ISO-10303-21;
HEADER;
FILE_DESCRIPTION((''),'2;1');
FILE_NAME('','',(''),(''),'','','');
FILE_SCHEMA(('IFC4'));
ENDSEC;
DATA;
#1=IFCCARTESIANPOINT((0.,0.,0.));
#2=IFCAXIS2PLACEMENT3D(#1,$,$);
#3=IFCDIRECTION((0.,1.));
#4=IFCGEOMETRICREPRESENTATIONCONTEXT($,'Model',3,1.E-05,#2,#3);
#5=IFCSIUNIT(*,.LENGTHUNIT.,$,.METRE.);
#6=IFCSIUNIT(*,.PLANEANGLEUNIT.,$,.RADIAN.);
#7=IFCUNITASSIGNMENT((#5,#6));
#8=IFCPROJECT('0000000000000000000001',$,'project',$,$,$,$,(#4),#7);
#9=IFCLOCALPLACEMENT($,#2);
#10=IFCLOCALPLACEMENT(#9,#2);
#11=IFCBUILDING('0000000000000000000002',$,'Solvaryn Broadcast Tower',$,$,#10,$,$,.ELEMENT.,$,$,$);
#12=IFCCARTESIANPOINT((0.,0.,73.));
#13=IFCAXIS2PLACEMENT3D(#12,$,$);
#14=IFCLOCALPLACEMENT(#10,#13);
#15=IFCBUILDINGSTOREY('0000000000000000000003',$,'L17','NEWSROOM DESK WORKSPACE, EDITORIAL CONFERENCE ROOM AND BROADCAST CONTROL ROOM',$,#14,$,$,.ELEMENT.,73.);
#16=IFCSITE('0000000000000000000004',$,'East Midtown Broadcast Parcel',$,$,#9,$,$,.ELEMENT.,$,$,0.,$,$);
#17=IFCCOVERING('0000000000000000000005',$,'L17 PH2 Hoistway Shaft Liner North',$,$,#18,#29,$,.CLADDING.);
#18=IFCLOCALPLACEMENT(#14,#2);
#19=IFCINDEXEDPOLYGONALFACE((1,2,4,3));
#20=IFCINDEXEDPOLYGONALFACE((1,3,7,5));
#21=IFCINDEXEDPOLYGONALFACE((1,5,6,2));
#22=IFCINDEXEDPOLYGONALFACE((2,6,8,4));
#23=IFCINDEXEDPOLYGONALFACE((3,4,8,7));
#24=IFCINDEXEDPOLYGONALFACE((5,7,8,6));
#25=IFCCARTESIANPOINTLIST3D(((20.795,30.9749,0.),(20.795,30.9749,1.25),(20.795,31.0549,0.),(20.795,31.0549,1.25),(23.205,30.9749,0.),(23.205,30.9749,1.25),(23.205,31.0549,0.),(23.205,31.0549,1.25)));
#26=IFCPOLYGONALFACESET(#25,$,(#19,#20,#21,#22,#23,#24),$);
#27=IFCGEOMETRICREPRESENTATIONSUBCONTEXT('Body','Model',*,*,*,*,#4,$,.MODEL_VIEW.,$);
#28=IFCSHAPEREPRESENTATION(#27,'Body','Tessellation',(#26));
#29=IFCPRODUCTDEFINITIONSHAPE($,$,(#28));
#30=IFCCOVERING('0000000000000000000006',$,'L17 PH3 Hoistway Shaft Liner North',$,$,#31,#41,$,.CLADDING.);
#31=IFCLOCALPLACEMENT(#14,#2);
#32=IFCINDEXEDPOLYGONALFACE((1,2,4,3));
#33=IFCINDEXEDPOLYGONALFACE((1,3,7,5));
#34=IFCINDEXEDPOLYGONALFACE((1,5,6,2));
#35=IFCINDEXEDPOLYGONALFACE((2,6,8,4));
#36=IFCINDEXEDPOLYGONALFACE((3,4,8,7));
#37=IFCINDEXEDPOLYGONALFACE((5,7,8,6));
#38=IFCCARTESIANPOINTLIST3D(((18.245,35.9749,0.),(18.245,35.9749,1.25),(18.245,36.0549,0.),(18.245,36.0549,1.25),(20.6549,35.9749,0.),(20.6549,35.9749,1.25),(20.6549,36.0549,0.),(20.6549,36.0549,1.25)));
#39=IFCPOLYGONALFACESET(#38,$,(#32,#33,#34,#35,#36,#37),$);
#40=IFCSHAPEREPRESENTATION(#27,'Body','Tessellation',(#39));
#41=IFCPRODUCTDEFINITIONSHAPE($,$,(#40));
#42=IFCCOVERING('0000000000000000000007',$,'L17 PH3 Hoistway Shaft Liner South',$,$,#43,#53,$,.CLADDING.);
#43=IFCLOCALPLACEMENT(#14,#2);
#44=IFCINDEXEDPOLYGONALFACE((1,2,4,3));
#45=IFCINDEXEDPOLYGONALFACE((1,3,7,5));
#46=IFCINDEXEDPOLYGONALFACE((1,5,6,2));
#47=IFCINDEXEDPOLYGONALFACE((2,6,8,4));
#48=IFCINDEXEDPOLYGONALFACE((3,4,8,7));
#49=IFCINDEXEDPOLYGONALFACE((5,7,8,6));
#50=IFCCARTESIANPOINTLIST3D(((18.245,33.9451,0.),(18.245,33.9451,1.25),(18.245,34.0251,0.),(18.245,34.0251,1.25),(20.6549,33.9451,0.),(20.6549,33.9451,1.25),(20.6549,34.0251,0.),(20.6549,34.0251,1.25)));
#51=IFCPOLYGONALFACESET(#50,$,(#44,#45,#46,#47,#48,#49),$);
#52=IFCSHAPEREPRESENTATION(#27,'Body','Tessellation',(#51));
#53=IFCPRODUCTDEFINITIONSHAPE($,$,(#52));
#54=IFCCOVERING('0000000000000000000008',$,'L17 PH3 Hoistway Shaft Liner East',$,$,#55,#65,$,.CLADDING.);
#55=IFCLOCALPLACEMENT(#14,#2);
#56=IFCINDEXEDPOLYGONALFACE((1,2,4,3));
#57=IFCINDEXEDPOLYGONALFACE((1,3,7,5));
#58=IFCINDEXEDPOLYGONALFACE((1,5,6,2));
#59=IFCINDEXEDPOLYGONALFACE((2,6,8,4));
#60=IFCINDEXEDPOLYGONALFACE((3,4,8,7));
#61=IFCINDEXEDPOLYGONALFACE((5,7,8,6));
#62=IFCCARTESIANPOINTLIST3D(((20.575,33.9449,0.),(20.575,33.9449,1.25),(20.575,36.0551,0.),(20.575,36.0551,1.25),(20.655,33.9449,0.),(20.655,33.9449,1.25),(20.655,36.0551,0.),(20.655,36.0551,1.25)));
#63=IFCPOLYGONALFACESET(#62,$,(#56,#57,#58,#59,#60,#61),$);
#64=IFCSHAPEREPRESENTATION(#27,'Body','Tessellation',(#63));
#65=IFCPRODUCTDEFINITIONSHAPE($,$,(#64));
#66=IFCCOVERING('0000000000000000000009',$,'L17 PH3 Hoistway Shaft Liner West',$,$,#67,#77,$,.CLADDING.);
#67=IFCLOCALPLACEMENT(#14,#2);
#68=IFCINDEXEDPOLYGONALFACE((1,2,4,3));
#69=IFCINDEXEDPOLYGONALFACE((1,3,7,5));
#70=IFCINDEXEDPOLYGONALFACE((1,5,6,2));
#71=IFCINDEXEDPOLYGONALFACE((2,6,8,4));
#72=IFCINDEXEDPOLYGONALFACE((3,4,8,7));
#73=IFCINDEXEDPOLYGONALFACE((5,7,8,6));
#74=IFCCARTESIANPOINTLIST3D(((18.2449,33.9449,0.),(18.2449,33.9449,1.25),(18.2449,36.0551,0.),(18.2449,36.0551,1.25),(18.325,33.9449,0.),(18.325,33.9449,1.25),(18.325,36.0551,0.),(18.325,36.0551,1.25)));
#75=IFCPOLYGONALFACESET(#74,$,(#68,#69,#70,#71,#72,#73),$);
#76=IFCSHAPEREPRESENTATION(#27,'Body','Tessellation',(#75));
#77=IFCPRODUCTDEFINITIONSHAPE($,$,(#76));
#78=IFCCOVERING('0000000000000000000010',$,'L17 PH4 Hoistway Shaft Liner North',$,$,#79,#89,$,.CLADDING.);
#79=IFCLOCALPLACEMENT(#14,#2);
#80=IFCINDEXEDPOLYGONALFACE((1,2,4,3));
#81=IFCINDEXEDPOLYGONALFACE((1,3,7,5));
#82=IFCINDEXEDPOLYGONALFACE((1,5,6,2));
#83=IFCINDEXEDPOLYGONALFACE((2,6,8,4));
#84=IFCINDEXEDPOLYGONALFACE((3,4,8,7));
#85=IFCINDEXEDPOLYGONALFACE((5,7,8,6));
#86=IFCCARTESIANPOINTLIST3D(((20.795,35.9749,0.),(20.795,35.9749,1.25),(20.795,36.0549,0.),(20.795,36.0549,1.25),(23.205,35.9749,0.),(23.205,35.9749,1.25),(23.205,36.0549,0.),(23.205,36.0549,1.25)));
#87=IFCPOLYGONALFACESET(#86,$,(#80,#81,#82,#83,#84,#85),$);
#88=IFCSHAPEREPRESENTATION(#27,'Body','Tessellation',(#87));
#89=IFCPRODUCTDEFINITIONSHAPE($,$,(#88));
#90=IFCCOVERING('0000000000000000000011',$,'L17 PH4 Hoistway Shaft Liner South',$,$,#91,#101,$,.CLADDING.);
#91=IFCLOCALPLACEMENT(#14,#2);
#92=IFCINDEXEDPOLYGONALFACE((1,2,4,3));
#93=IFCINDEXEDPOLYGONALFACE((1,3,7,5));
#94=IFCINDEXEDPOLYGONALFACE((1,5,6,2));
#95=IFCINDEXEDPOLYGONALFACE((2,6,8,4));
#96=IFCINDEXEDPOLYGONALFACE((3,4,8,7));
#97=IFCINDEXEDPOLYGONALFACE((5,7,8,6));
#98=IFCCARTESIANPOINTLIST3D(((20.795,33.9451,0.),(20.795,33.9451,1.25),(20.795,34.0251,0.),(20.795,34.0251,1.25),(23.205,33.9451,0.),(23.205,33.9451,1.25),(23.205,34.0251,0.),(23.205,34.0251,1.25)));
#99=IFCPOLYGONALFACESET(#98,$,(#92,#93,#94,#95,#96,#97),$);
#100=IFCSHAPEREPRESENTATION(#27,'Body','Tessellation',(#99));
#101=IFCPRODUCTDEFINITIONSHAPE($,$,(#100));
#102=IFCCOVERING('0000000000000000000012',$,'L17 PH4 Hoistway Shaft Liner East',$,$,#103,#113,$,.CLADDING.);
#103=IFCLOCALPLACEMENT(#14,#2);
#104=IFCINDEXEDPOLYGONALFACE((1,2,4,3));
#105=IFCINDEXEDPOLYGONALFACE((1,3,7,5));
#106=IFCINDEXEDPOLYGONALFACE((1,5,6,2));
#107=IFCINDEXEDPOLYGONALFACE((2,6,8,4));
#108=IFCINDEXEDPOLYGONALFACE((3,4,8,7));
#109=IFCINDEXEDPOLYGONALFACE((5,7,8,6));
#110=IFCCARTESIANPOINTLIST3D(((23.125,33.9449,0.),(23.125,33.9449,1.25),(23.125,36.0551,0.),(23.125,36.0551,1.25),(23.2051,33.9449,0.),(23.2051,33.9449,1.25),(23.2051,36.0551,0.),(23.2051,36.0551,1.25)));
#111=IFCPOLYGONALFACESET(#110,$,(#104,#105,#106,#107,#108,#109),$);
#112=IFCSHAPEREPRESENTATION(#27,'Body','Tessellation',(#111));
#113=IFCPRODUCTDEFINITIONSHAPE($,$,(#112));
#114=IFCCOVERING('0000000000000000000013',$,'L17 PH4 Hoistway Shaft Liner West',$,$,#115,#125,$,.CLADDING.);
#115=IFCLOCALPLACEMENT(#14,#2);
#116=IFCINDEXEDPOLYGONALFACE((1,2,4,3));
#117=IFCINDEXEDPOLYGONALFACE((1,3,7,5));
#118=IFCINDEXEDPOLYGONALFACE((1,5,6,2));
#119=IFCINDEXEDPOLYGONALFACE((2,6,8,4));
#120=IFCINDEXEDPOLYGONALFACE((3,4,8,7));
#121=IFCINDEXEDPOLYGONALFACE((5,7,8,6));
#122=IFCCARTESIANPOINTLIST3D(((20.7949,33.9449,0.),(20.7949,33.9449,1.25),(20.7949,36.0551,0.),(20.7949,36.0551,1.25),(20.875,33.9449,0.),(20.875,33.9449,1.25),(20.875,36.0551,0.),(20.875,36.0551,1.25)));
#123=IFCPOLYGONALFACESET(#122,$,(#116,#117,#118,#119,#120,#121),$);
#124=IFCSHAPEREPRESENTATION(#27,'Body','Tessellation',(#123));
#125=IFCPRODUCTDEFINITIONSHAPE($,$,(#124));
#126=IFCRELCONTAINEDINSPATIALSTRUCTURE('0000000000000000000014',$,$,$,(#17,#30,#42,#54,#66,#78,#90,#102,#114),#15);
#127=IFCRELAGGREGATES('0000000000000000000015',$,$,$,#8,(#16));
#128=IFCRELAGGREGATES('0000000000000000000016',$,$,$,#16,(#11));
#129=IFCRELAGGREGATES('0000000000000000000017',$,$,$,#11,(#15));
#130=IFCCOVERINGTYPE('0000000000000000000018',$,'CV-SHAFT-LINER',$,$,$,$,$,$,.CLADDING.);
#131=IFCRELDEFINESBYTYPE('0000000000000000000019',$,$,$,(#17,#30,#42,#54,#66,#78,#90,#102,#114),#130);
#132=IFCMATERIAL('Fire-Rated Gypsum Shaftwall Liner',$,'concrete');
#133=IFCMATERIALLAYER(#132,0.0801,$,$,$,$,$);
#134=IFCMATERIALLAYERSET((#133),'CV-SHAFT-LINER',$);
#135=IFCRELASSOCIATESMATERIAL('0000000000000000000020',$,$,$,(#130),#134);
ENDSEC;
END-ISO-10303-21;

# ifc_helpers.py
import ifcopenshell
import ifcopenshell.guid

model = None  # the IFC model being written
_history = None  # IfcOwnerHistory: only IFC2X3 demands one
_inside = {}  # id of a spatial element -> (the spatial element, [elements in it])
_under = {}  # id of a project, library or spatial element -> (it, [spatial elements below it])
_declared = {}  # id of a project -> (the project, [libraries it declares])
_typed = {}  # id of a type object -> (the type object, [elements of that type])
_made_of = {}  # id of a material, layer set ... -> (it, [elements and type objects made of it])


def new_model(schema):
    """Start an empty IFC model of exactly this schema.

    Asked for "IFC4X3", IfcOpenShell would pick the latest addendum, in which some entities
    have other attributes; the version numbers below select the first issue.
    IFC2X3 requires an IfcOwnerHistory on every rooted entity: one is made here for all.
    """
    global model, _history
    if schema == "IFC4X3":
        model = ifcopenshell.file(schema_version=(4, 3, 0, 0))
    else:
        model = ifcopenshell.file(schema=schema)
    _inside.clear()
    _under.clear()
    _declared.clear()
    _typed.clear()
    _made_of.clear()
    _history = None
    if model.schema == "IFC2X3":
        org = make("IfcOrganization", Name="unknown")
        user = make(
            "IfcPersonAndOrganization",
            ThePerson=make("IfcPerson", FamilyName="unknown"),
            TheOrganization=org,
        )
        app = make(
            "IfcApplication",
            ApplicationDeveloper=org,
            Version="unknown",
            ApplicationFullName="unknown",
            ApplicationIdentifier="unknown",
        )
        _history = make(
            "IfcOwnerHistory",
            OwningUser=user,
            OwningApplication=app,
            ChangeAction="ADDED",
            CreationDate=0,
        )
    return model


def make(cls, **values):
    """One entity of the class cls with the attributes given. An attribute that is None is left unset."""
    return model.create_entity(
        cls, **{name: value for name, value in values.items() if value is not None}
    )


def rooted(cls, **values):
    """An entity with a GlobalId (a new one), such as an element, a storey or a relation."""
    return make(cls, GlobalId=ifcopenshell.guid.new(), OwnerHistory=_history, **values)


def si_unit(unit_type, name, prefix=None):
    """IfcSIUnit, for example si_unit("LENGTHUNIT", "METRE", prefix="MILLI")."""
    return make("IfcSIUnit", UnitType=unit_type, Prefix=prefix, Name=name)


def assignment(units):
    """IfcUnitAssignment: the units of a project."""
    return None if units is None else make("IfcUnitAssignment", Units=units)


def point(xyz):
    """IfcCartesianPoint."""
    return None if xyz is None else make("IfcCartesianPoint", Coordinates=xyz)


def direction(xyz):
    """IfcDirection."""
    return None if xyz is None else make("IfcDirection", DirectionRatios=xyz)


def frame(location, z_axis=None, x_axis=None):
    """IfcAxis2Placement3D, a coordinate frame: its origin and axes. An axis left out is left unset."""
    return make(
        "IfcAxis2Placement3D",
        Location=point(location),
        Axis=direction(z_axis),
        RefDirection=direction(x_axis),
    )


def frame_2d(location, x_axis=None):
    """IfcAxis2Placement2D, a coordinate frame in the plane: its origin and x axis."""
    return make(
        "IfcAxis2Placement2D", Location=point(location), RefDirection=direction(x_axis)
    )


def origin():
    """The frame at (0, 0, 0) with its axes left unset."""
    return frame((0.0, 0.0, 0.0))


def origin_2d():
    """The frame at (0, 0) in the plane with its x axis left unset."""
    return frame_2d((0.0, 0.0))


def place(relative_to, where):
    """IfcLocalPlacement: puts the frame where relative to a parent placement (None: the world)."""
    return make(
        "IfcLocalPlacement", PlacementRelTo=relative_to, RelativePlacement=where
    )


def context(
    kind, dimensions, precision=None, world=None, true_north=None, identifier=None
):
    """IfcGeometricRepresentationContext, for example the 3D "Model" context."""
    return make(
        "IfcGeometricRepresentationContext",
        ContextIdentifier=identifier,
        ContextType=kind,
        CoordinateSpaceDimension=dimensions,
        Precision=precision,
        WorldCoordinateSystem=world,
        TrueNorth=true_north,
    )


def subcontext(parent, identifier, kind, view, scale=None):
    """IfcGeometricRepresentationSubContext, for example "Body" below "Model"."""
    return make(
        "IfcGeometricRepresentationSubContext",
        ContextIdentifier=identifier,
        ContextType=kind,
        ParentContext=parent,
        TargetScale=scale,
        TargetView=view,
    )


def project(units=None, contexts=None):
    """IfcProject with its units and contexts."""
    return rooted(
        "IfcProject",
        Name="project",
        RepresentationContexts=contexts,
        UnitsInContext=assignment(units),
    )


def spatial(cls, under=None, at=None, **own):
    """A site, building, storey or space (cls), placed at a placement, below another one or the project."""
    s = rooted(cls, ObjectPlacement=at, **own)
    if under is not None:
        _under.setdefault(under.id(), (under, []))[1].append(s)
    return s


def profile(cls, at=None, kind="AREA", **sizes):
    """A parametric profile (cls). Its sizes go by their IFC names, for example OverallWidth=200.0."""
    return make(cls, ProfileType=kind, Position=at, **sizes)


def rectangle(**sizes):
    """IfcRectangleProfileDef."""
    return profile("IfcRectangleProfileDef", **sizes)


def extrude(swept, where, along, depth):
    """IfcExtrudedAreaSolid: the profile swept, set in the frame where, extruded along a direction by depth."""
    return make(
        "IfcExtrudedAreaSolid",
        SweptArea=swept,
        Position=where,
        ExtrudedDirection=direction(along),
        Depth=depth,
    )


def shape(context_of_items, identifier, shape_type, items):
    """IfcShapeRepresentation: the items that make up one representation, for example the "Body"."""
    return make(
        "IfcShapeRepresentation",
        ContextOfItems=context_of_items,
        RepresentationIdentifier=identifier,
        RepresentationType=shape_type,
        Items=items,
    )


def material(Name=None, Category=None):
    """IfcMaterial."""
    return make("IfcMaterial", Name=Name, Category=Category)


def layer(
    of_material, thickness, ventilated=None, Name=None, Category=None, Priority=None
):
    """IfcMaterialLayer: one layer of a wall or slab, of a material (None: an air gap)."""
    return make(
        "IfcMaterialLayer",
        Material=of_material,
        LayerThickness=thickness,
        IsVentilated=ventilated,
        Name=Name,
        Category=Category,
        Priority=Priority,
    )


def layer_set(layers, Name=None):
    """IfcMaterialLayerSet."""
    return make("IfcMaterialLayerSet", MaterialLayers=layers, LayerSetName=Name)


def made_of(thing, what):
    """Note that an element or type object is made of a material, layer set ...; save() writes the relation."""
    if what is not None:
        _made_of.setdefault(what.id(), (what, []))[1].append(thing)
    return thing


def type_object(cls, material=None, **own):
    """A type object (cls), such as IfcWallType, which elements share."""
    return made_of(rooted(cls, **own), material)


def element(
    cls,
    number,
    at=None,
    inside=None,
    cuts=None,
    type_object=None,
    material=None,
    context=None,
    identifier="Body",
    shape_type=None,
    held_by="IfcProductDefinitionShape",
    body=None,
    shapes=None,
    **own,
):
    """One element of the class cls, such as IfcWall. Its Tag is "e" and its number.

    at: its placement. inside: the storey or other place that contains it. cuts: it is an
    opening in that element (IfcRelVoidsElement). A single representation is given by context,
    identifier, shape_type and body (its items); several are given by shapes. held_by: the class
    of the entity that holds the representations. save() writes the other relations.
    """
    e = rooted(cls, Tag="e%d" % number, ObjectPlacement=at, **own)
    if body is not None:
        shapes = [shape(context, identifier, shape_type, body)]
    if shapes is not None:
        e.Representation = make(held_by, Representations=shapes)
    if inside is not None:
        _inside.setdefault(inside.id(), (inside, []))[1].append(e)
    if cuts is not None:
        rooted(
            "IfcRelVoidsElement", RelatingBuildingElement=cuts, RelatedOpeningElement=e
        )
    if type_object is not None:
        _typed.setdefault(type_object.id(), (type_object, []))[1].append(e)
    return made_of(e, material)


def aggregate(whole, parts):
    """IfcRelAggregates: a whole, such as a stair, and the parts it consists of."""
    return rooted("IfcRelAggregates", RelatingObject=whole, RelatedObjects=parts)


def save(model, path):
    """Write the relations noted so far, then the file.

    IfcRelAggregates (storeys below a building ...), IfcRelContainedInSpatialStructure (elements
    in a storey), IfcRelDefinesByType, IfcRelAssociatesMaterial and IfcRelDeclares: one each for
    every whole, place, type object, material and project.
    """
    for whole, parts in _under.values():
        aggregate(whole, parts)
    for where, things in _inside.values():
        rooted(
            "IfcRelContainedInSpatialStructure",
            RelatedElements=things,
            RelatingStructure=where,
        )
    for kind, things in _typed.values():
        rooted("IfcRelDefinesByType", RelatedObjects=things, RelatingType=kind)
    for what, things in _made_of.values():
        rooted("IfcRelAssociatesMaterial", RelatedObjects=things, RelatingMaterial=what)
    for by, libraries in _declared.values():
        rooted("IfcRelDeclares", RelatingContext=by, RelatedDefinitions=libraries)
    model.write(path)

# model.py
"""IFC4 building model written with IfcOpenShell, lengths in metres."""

from ifc_helpers import new_model, si_unit, direction, frame, origin, origin_2d, place, context, subcontext, project, spatial, rectangle, extrude, material, layer, layer_set, type_object, element, save


model = new_model("IFC4")

# Units and contexts
model_context = context("Model", 3, precision=1e-05, world=origin(), true_north=direction((0.0, 1.0)))
body_context = subcontext(model_context, "Body", "Model", "MODEL_VIEW")
ifc_project = project(units=[si_unit("LENGTHUNIT", "METRE"), si_unit("PLANEANGLEUNIT", "RADIAN")], contexts=[model_context])

# Site, building, storey
site_placement = place(None, origin())
site = spatial("IfcSite", under=ifc_project, at=site_placement, Name="East Midtown Broadcast Parcel", CompositionType="ELEMENT", RefElevation=0.0)
building_placement = place(site_placement, origin())
building = spatial("IfcBuilding", under=site, at=building_placement, Name="Solvaryn Broadcast Tower", CompositionType="ELEMENT")
storey_placement = place(building_placement, frame((0.0, 0.0, 73.0)))
storey = spatial("IfcBuildingStorey", under=building, at=storey_placement, Name="L17", Description="NEWSROOM DESK WORKSPACE, EDITORIAL CONFERENCE ROOM AND BROADCAST CONTROL ROOM", CompositionType="ELEMENT", Elevation=73.0)

# Coverings
ifc_material_1 = material(Name="Fire-Rated Gypsum Shaftwall Liner", Category="concrete")
ifc_layer_1 = layer(ifc_material_1, 0.0801)
ifc_layer_set_1 = layer_set([ifc_layer_1], Name="CV-SHAFT-LINER")
covering_type = type_object("IfcCoveringType", Name="CV-SHAFT-LINER", PredefinedType="CLADDING", material=ifc_layer_set_1)
for number, where, z_axis, x_axis, name in (
    (1, (22.0, 31.0149, 0.0), (0.0, 0.0, 1.0), (1.0, 0.0, 0.0), "L17 PH2 Hoistway Shaft Liner North"),
    (2, (19.45, 36.0149, 0.0), (0.0, 0.0, 1.0), (1.0, 0.0, 0.0), "L17 PH3 Hoistway Shaft Liner North"),
    (3, (19.45, 33.9851, 0.0), (0.0, 0.0, 1.0), (1.0, 0.0, 0.0), "L17 PH3 Hoistway Shaft Liner South"),
):
    element("IfcCovering", number, at=place(storey_placement, frame(where, z_axis=z_axis, x_axis=x_axis)), inside=storey, type_object=covering_type, Name=name, PredefinedType="CLADDING", context=body_context, shape_type="SweptSolid", body=[
        extrude(rectangle(XDim=2.4099, YDim=0.0801, at=origin_2d()), origin(), (0.0, 0.0, 1.0), 1.25),
    ])
for number, where, z_axis, x_axis, name in (
    (4, (20.615, 35.0, 0.0), (0.0, 0.0, 1.0), (1.0, 0.0, 0.0), "L17 PH3 Hoistway Shaft Liner East"),
    (5, (18.2849, 35.0, 0.0), (0.0, 0.0, 1.0), (1.0, 0.0, 0.0), "L17 PH3 Hoistway Shaft Liner West"),
):
    element("IfcCovering", number, at=place(storey_placement, frame(where, z_axis=z_axis, x_axis=x_axis)), inside=storey, type_object=covering_type, Name=name, PredefinedType="CLADDING", context=body_context, shape_type="SweptSolid", body=[
        extrude(rectangle(XDim=0.0801, YDim=2.1101, at=origin_2d()), origin(), (0.0, 0.0, 1.0), 1.25),
    ])
for number, where, z_axis, x_axis, name in (
    (6, (22.0, 36.0149, 0.0), (0.0, 0.0, 1.0), (1.0, 0.0, 0.0), "L17 PH4 Hoistway Shaft Liner North"),
    (7, (22.0, 33.9851, 0.0), (0.0, 0.0, 1.0), (1.0, 0.0, 0.0), "L17 PH4 Hoistway Shaft Liner South"),
):
    element("IfcCovering", number, at=place(storey_placement, frame(where, z_axis=z_axis, x_axis=x_axis)), inside=storey, type_object=covering_type, Name=name, PredefinedType="CLADDING", context=body_context, shape_type="SweptSolid", body=[
        extrude(rectangle(XDim=2.4099, YDim=0.0801, at=origin_2d()), origin(), (0.0, 0.0, 1.0), 1.25),
    ])
for number, where, z_axis, x_axis, name in (
    (8, (23.165, 35.0, 0.0), (0.0, 0.0, 1.0), (1.0, 0.0, 0.0), "L17 PH4 Hoistway Shaft Liner East"),
    (9, (20.835, 35.0, 0.0), (0.0, 0.0, 1.0), (1.0, 0.0, 0.0), "L17 PH4 Hoistway Shaft Liner West"),
):
    element("IfcCovering", number, at=place(storey_placement, frame(where, z_axis=z_axis, x_axis=x_axis)), inside=storey, type_object=covering_type, Name=name, PredefinedType="CLADDING", context=body_context, shape_type="SweptSolid", body=[
        extrude(rectangle(XDim=0.0801, YDim=2.1101, at=origin_2d()), origin(), (0.0, 0.0, 1.0), 1.25),
    ])

save(model, "model.ifc")
